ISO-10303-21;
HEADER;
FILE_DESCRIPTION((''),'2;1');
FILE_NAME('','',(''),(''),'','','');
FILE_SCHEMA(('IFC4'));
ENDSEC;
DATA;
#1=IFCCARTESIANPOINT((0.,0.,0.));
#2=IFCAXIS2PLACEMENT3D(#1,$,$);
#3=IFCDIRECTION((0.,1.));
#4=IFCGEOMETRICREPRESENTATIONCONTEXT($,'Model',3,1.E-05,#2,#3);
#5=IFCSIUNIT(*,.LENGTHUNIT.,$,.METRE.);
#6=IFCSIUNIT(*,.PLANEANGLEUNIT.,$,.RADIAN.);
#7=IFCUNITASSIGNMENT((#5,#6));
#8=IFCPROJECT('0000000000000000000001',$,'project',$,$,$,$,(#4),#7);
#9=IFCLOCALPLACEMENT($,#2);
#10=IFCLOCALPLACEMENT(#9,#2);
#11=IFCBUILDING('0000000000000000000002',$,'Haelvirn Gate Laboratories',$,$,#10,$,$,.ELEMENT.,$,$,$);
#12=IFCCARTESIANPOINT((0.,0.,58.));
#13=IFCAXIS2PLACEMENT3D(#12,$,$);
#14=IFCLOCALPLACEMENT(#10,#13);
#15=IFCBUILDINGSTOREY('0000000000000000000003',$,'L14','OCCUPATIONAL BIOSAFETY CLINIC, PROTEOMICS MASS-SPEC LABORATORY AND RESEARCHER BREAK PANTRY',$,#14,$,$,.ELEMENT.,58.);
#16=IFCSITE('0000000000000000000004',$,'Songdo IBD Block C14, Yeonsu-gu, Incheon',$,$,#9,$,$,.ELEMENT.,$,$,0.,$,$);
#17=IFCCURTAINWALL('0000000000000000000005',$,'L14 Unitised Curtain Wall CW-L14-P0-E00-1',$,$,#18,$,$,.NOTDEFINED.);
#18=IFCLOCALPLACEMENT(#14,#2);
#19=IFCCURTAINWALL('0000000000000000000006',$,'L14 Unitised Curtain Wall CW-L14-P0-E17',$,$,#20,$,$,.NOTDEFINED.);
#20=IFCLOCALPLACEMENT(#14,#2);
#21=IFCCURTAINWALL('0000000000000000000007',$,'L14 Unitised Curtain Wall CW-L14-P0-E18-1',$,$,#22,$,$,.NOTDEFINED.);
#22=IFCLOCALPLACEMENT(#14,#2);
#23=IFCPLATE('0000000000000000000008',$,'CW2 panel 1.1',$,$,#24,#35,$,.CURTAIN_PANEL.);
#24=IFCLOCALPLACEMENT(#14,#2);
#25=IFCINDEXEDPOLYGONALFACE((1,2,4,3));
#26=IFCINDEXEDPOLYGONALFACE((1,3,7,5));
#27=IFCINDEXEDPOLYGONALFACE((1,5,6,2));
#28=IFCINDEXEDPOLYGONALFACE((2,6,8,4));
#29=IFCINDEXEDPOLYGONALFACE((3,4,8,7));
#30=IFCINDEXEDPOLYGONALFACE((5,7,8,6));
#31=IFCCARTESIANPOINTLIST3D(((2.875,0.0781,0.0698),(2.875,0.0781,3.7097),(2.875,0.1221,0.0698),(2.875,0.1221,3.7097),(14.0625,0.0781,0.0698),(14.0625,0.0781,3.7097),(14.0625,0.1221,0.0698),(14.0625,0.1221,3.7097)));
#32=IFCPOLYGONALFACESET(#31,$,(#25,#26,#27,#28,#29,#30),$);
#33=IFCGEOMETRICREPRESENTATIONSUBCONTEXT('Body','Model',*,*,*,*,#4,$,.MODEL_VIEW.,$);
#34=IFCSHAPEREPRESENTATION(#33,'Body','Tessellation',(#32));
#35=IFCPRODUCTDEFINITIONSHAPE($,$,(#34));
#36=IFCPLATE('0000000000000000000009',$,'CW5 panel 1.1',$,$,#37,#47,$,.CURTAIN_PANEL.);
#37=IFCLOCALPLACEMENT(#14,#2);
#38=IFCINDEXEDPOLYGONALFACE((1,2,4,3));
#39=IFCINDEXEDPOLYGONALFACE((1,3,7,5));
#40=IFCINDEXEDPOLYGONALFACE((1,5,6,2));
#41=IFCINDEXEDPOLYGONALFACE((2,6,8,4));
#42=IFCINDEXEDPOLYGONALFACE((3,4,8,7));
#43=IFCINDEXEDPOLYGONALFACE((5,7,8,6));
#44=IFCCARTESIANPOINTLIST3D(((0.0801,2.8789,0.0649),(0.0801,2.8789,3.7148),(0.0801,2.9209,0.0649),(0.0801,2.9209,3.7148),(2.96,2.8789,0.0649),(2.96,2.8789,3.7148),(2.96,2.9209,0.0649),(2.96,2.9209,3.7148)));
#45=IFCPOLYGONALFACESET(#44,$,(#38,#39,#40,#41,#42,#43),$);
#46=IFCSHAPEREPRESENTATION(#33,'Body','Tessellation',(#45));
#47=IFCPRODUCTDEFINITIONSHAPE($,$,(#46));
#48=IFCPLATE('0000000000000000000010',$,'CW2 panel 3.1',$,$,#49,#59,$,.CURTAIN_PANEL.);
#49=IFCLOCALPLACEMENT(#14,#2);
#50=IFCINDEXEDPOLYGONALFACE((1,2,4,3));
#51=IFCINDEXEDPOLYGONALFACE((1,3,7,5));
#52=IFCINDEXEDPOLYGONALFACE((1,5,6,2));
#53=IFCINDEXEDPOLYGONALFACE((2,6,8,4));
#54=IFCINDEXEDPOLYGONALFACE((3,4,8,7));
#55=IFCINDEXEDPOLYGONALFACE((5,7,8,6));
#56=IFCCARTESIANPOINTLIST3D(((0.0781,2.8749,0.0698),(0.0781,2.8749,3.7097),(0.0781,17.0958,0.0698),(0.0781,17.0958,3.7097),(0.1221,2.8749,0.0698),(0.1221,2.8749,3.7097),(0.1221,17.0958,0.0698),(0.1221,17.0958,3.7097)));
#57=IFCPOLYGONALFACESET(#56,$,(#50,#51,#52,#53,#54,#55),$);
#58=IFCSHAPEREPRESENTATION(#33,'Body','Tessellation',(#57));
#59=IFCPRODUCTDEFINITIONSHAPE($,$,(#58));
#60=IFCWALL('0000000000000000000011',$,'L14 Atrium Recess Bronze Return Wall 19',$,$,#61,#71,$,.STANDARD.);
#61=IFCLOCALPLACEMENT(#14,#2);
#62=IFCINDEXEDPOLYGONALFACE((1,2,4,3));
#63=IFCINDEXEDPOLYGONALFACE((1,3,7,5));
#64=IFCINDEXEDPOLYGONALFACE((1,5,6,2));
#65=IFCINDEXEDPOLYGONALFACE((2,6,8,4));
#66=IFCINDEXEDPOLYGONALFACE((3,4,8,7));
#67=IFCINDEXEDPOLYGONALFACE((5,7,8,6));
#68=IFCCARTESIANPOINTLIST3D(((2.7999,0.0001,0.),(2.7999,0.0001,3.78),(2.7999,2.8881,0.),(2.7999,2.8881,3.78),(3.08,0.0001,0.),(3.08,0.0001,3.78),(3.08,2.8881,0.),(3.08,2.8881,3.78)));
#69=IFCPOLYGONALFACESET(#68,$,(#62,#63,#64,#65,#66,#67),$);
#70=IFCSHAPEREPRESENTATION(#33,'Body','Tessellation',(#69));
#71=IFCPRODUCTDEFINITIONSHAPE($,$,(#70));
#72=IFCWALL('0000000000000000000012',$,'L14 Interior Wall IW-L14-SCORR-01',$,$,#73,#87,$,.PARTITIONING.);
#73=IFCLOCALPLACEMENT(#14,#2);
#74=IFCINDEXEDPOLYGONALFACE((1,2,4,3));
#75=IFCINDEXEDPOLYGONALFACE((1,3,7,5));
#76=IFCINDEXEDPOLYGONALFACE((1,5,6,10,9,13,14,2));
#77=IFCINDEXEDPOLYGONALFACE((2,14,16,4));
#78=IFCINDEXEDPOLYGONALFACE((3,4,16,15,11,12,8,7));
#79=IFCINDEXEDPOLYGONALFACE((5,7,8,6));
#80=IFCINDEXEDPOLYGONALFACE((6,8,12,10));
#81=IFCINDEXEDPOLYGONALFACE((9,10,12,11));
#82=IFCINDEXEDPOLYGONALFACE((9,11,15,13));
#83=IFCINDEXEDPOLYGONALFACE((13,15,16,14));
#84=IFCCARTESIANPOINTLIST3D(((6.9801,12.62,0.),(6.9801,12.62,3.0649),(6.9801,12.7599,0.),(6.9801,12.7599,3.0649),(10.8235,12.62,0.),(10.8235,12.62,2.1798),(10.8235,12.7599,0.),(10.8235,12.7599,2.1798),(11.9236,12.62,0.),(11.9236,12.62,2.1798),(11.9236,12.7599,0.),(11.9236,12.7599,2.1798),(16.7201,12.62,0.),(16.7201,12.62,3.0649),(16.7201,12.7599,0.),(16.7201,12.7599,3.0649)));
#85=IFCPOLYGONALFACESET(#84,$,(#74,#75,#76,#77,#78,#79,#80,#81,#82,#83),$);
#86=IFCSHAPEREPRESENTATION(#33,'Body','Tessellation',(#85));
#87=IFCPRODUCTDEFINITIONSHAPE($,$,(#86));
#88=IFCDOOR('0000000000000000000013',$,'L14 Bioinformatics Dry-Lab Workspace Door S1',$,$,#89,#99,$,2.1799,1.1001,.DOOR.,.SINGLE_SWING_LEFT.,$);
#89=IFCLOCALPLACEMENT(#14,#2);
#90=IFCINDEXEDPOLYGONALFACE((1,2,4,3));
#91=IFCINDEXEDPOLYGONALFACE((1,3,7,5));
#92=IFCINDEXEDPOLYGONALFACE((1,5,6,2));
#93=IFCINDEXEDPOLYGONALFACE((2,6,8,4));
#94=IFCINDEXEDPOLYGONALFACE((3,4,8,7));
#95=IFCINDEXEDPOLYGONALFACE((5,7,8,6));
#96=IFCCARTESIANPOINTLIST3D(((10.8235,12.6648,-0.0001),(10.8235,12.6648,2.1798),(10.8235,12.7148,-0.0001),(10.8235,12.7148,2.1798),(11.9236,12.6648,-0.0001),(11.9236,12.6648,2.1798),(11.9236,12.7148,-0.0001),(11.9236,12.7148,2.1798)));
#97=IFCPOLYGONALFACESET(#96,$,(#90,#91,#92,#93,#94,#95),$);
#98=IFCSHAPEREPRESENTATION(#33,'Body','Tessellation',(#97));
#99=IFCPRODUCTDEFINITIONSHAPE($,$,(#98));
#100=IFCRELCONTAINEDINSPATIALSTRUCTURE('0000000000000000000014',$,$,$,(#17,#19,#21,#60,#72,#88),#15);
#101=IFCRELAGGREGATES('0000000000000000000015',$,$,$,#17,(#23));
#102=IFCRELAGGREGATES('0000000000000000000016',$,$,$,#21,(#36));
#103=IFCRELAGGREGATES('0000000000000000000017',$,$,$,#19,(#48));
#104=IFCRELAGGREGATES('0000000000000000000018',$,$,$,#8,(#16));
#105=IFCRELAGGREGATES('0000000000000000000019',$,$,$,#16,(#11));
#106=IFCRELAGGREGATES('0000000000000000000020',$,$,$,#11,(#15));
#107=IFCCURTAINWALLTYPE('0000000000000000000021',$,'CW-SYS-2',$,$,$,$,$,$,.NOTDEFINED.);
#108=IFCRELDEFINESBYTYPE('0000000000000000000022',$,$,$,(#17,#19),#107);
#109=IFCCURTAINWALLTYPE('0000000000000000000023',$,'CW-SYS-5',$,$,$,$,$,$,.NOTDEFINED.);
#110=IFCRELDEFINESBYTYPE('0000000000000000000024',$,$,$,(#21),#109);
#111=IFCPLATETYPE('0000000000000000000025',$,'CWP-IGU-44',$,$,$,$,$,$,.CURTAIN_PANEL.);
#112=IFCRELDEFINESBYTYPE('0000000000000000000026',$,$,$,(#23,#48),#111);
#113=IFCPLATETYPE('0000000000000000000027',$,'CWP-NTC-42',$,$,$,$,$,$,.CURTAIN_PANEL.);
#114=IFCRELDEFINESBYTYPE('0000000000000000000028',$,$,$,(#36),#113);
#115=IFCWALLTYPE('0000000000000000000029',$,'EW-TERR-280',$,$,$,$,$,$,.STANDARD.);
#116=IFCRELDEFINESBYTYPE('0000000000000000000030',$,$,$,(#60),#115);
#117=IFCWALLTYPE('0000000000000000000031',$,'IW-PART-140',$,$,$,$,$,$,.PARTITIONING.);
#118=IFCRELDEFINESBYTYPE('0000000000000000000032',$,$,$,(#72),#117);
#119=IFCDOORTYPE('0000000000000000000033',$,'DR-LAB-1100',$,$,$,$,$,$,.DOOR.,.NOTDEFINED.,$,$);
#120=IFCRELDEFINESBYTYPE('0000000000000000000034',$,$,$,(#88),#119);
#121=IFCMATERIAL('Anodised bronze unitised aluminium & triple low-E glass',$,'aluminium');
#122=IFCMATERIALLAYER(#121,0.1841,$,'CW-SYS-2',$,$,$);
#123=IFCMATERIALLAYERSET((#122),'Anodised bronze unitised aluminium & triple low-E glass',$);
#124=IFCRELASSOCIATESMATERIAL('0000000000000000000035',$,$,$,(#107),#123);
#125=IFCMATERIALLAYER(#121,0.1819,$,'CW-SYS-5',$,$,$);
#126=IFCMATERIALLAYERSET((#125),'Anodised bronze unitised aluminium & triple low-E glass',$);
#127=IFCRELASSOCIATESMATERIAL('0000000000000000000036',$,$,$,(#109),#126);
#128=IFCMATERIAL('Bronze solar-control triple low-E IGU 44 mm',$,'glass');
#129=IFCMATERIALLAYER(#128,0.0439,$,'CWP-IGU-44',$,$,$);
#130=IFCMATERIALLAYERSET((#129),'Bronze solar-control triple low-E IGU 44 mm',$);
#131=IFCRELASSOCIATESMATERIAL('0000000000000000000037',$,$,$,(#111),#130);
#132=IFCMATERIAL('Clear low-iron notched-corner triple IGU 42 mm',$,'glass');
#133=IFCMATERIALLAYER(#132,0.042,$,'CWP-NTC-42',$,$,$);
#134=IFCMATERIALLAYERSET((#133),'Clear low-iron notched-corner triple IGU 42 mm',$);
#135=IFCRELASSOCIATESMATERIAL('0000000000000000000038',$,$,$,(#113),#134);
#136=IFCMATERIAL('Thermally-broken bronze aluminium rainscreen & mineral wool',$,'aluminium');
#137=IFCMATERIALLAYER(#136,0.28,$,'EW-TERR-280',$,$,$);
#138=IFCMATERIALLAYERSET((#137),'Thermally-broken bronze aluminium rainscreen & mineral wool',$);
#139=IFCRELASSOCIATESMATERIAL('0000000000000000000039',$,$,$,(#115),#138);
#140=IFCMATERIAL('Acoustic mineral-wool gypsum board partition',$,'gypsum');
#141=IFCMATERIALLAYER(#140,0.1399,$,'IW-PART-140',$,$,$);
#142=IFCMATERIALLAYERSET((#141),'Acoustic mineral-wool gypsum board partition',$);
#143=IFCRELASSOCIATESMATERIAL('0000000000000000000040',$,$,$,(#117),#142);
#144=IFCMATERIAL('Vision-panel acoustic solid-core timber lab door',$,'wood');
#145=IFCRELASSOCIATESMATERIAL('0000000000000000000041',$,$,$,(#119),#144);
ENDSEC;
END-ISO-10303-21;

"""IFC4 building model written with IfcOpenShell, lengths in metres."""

from ifc_helpers import new_model, si_unit, direction, frame, frame_2d, origin, origin_2d, place, context, subcontext, project, spatial, rectangle, extrude, source, transform, mapped, material, layer, layer_set, type_object, type_shapes, element, fill, aggregate, save


model = new_model("IFC4")

# Units and contexts
model_context = context("Model", 3, precision=1e-05, world=origin(), true_north=direction((0.0, 1.0)))
body_context = subcontext(model_context, "Body", "Model", "MODEL_VIEW")
ifc_project = project(units=[si_unit("LENGTHUNIT", "METRE"), si_unit("PLANEANGLEUNIT", "RADIAN")], contexts=[model_context])

# Site, building, storey
site_placement = place(None, origin())
site = spatial("IfcSite", under=ifc_project, at=site_placement, Name="Songdo IBD Block C14, Yeonsu-gu, Incheon", CompositionType="ELEMENT", RefElevation=0.0)
building_placement = place(site_placement, origin())
building = spatial("IfcBuilding", under=site, at=building_placement, Name="Haelvirn Gate Laboratories", CompositionType="ELEMENT")
storey_placement = place(building_placement, frame((0.0, 0.0, 58.0)))
storey = spatial("IfcBuildingStorey", under=building, at=storey_placement, Name="L14", Description="OCCUPATIONAL BIOSAFETY CLINIC, PROTEOMICS MASS-SPEC LABORATORY AND RESEARCHER BREAK PANTRY", CompositionType="ELEMENT", Elevation=58.0)

# Curtain walls
ifc_material_1 = material(Name="Anodised bronze unitised aluminium & triple low-E glass", Category="aluminium")
ifc_layer_1 = layer(ifc_material_1, 0.1841, Name="CW-SYS-2")
ifc_layer_set_1 = layer_set([ifc_layer_1], Name="Anodised bronze unitised aluminium & triple low-E glass")
curtain_wall_type_1 = type_object("IfcCurtainWallType", Name="CW-SYS-2", PredefinedType="NOTDEFINED", material=ifc_layer_set_1)
curtain_wall_1_placement = place(storey_placement, origin())
curtain_wall_1 = element("IfcCurtainWall", 1, at=curtain_wall_1_placement, inside=storey, type_object=curtain_wall_type_1, Name="L14 Unitised Curtain Wall CW-L14-P0-E00-1", PredefinedType="NOTDEFINED")
curtain_wall_2_placement = place(storey_placement, origin())
curtain_wall_2 = element("IfcCurtainWall", 2, at=curtain_wall_2_placement, inside=storey, type_object=curtain_wall_type_1, Name="L14 Unitised Curtain Wall CW-L14-P0-E17", PredefinedType="NOTDEFINED")

# Curtain wall
ifc_layer_2 = layer(ifc_material_1, 0.1819, Name="CW-SYS-5")
ifc_layer_set_2 = layer_set([ifc_layer_2], Name="Anodised bronze unitised aluminium & triple low-E glass")
curtain_wall_type_2 = type_object("IfcCurtainWallType", Name="CW-SYS-5", PredefinedType="NOTDEFINED", material=ifc_layer_set_2)
curtain_wall_3_placement = place(storey_placement, origin())
curtain_wall_3 = element("IfcCurtainWall", 3, at=curtain_wall_3_placement, inside=storey, type_object=curtain_wall_type_2, Name="L14 Unitised Curtain Wall CW-L14-P0-E18-1", PredefinedType="NOTDEFINED")

# Plates
ifc_material_2 = material(Name="Bronze solar-control triple low-E IGU 44 mm", Category="glass")
ifc_layer_3 = layer(ifc_material_2, 0.0439, Name="CWP-IGU-44")
ifc_layer_set_3 = layer_set([ifc_layer_3], Name="Bronze solar-control triple low-E IGU 44 mm")
plate_type_1 = type_object("IfcPlateType", Name="CWP-IGU-44", PredefinedType="CURTAIN_PANEL", material=ifc_layer_set_3)
shared_shape_1 = source(origin(), body_context, "Body", "SweptSolid", [
    extrude(rectangle(XDim=11.1875, YDim=0.0439, at=origin_2d()), origin(), (0.0, 0.0, 1.0), 3.6399),
])
plate_1_placement = place(storey_placement, frame((8.4688, 0.1001, 0.0698), z_axis=(0.0, 0.0, 1.0), x_axis=(1.0, 0.0, 0.0)))
plate_1 = element("IfcPlate", 4, at=plate_1_placement, type_object=plate_type_1, Name="CW2 panel 1.1", PredefinedType="CURTAIN_PANEL", context=body_context, shape_type="MappedRepresentation", body=[
    mapped(shared_shape_1, transform((0.0, 0.0, 0.0), scale=1.0)),
])
aggregate(curtain_wall_1, [plate_1])
ifc_material_3 = material(Name="Clear low-iron notched-corner triple IGU 42 mm", Category="glass")
ifc_layer_4 = layer(ifc_material_3, 0.042, Name="CWP-NTC-42")
ifc_layer_set_4 = layer_set([ifc_layer_4], Name="Clear low-iron notched-corner triple IGU 42 mm")
plate_type_2 = type_object("IfcPlateType", Name="CWP-NTC-42", PredefinedType="CURTAIN_PANEL", material=ifc_layer_set_4)
shared_shape_2 = source(origin(), body_context, "Body", "SweptSolid", [
    extrude(rectangle(XDim=2.8799, YDim=0.042, at=origin_2d()), origin(), (0.0, 0.0, 1.0), 3.6499),
])
type_shapes(plate_type_2, [shared_shape_2])
plate_2_placement = place(storey_placement, frame((1.52, 2.8999, 0.0649), z_axis=(0.0, 0.0, 1.0), x_axis=(1.0, 0.0, 0.0)))
plate_2 = element("IfcPlate", 5, at=plate_2_placement, type_object=plate_type_2, Name="CW5 panel 1.1", PredefinedType="CURTAIN_PANEL", context=body_context, shape_type="MappedRepresentation", body=[
    mapped(shared_shape_2, transform((0.0, 0.0, 0.0), scale=1.0)),
])
aggregate(curtain_wall_3, [plate_2])
shared_shape_3 = source(origin(), body_context, "Body", "SweptSolid", [
    extrude(rectangle(XDim=14.2209, YDim=0.0439, at=origin_2d()), origin(), (0.0, 0.0, 1.0), 3.6399),
])
type_shapes(plate_type_1, [shared_shape_1, shared_shape_3])
plate_3_placement = place(storey_placement, frame((0.1001, 9.9854, 0.0698), z_axis=(0.0, 0.0, 1.0), x_axis=(0.0, -1.0, 0.0)))
plate_3 = element("IfcPlate", 6, at=plate_3_placement, type_object=plate_type_1, Name="CW2 panel 3.1", PredefinedType="CURTAIN_PANEL", context=body_context, shape_type="MappedRepresentation", body=[
    mapped(shared_shape_3, transform((0.0, 0.0, 0.0), scale=1.0)),
])
aggregate(curtain_wall_2, [plate_3])

# Wall
ifc_material_4 = material(Name="Thermally-broken bronze aluminium rainscreen & mineral wool", Category="aluminium")
ifc_layer_5 = layer(ifc_material_4, 0.28, Name="EW-TERR-280")
ifc_layer_set_5 = layer_set([ifc_layer_5], Name="Thermally-broken bronze aluminium rainscreen & mineral wool")
wall_type_1 = type_object("IfcWallType", Name="EW-TERR-280", PredefinedType="STANDARD", material=ifc_layer_set_5)
wall_1_placement = place(storey_placement, frame((2.9399, 2.8879, 0.0), z_axis=(0.0, 0.0, 1.0), x_axis=(0.0, -1.0, 0.0)))
element("IfcWall", 7, at=wall_1_placement, inside=storey, type_object=wall_type_1, Name="L14 Atrium Recess Bronze Return Wall 19", PredefinedType="STANDARD", context=body_context, shape_type="SweptSolid", body=[
    extrude(rectangle(XDim=2.8879, YDim=0.28, at=frame_2d((1.4438, 0.0))), origin(), (0.0, 0.0, 1.0), 3.78),
])

# Wall, opening, door
ifc_material_5 = material(Name="Acoustic mineral-wool gypsum board partition", Category="gypsum")
ifc_layer_6 = layer(ifc_material_5, 0.1399, Name="IW-PART-140")
ifc_layer_set_6 = layer_set([ifc_layer_6], Name="Acoustic mineral-wool gypsum board partition")
wall_type_2 = type_object("IfcWallType", Name="IW-PART-140", PredefinedType="PARTITIONING", material=ifc_layer_set_6)
wall_2_placement = place(storey_placement, frame((6.98, 12.6899, 0.0), z_axis=(0.0, 0.0, 1.0), x_axis=(1.0, 0.0, 0.0)))
wall_2 = element("IfcWall", 8, at=wall_2_placement, inside=storey, type_object=wall_type_2, Name="L14 Interior Wall IW-L14-SCORR-01", PredefinedType="PARTITIONING", context=body_context, shape_type="SweptSolid", body=[
    extrude(rectangle(XDim=9.74, YDim=0.1399, at=frame_2d((4.8701, 0.0))), origin(), (0.0, 0.0, 1.0), 3.0649),
])
opening_placement = place(wall_2_placement, frame((3.8435, 0.0, 0.0)))
opening = element("IfcOpeningElement", 9, at=opening_placement, cuts=wall_2, PredefinedType="OPENING", context=body_context, shape_type="SweptSolid", body=[
    extrude(rectangle(XDim=1.1001, YDim=2.1799, at=frame_2d((0.55, 1.0898))), frame((0.0, 0.0801, 0.0), z_axis=(0.0, -1.0, 0.0), x_axis=(1.0, 0.0, 0.0)), (0.0, 0.0, 1.0), 0.1599),
])
ifc_material_6 = material(Name="Vision-panel acoustic solid-core timber lab door", Category="wood")
door_type = type_object("IfcDoorType", Name="DR-LAB-1100", OperationType="NOTDEFINED", PredefinedType="DOOR", material=ifc_material_6)
shared_shape_4 = source(origin(), body_context, "Body", "SweptSolid", [
    extrude(rectangle(XDim=1.1001, YDim=2.1799, at=frame_2d((0.55, 1.0898))), frame((0.0, 0.0249, 0.0), z_axis=(0.0, -1.0, 0.0), x_axis=(1.0, 0.0, 0.0)), (0.0, 0.0, 1.0), 0.05),
])
type_shapes(door_type, [shared_shape_4])
door_placement = place(opening_placement, origin())
door = element("IfcDoor", 10, at=door_placement, inside=storey, type_object=door_type, Name="L14 Bioinformatics Dry-Lab Workspace Door S1", OperationType="SINGLE_SWING_LEFT", OverallHeight=2.1799, OverallWidth=1.1001, PredefinedType="DOOR", context=body_context, shape_type="MappedRepresentation", body=[
    mapped(shared_shape_4, transform((0.0, 0.0, 0.0), scale=1.0)),
])
fill(opening, door)

save(model, "model.ifc")
